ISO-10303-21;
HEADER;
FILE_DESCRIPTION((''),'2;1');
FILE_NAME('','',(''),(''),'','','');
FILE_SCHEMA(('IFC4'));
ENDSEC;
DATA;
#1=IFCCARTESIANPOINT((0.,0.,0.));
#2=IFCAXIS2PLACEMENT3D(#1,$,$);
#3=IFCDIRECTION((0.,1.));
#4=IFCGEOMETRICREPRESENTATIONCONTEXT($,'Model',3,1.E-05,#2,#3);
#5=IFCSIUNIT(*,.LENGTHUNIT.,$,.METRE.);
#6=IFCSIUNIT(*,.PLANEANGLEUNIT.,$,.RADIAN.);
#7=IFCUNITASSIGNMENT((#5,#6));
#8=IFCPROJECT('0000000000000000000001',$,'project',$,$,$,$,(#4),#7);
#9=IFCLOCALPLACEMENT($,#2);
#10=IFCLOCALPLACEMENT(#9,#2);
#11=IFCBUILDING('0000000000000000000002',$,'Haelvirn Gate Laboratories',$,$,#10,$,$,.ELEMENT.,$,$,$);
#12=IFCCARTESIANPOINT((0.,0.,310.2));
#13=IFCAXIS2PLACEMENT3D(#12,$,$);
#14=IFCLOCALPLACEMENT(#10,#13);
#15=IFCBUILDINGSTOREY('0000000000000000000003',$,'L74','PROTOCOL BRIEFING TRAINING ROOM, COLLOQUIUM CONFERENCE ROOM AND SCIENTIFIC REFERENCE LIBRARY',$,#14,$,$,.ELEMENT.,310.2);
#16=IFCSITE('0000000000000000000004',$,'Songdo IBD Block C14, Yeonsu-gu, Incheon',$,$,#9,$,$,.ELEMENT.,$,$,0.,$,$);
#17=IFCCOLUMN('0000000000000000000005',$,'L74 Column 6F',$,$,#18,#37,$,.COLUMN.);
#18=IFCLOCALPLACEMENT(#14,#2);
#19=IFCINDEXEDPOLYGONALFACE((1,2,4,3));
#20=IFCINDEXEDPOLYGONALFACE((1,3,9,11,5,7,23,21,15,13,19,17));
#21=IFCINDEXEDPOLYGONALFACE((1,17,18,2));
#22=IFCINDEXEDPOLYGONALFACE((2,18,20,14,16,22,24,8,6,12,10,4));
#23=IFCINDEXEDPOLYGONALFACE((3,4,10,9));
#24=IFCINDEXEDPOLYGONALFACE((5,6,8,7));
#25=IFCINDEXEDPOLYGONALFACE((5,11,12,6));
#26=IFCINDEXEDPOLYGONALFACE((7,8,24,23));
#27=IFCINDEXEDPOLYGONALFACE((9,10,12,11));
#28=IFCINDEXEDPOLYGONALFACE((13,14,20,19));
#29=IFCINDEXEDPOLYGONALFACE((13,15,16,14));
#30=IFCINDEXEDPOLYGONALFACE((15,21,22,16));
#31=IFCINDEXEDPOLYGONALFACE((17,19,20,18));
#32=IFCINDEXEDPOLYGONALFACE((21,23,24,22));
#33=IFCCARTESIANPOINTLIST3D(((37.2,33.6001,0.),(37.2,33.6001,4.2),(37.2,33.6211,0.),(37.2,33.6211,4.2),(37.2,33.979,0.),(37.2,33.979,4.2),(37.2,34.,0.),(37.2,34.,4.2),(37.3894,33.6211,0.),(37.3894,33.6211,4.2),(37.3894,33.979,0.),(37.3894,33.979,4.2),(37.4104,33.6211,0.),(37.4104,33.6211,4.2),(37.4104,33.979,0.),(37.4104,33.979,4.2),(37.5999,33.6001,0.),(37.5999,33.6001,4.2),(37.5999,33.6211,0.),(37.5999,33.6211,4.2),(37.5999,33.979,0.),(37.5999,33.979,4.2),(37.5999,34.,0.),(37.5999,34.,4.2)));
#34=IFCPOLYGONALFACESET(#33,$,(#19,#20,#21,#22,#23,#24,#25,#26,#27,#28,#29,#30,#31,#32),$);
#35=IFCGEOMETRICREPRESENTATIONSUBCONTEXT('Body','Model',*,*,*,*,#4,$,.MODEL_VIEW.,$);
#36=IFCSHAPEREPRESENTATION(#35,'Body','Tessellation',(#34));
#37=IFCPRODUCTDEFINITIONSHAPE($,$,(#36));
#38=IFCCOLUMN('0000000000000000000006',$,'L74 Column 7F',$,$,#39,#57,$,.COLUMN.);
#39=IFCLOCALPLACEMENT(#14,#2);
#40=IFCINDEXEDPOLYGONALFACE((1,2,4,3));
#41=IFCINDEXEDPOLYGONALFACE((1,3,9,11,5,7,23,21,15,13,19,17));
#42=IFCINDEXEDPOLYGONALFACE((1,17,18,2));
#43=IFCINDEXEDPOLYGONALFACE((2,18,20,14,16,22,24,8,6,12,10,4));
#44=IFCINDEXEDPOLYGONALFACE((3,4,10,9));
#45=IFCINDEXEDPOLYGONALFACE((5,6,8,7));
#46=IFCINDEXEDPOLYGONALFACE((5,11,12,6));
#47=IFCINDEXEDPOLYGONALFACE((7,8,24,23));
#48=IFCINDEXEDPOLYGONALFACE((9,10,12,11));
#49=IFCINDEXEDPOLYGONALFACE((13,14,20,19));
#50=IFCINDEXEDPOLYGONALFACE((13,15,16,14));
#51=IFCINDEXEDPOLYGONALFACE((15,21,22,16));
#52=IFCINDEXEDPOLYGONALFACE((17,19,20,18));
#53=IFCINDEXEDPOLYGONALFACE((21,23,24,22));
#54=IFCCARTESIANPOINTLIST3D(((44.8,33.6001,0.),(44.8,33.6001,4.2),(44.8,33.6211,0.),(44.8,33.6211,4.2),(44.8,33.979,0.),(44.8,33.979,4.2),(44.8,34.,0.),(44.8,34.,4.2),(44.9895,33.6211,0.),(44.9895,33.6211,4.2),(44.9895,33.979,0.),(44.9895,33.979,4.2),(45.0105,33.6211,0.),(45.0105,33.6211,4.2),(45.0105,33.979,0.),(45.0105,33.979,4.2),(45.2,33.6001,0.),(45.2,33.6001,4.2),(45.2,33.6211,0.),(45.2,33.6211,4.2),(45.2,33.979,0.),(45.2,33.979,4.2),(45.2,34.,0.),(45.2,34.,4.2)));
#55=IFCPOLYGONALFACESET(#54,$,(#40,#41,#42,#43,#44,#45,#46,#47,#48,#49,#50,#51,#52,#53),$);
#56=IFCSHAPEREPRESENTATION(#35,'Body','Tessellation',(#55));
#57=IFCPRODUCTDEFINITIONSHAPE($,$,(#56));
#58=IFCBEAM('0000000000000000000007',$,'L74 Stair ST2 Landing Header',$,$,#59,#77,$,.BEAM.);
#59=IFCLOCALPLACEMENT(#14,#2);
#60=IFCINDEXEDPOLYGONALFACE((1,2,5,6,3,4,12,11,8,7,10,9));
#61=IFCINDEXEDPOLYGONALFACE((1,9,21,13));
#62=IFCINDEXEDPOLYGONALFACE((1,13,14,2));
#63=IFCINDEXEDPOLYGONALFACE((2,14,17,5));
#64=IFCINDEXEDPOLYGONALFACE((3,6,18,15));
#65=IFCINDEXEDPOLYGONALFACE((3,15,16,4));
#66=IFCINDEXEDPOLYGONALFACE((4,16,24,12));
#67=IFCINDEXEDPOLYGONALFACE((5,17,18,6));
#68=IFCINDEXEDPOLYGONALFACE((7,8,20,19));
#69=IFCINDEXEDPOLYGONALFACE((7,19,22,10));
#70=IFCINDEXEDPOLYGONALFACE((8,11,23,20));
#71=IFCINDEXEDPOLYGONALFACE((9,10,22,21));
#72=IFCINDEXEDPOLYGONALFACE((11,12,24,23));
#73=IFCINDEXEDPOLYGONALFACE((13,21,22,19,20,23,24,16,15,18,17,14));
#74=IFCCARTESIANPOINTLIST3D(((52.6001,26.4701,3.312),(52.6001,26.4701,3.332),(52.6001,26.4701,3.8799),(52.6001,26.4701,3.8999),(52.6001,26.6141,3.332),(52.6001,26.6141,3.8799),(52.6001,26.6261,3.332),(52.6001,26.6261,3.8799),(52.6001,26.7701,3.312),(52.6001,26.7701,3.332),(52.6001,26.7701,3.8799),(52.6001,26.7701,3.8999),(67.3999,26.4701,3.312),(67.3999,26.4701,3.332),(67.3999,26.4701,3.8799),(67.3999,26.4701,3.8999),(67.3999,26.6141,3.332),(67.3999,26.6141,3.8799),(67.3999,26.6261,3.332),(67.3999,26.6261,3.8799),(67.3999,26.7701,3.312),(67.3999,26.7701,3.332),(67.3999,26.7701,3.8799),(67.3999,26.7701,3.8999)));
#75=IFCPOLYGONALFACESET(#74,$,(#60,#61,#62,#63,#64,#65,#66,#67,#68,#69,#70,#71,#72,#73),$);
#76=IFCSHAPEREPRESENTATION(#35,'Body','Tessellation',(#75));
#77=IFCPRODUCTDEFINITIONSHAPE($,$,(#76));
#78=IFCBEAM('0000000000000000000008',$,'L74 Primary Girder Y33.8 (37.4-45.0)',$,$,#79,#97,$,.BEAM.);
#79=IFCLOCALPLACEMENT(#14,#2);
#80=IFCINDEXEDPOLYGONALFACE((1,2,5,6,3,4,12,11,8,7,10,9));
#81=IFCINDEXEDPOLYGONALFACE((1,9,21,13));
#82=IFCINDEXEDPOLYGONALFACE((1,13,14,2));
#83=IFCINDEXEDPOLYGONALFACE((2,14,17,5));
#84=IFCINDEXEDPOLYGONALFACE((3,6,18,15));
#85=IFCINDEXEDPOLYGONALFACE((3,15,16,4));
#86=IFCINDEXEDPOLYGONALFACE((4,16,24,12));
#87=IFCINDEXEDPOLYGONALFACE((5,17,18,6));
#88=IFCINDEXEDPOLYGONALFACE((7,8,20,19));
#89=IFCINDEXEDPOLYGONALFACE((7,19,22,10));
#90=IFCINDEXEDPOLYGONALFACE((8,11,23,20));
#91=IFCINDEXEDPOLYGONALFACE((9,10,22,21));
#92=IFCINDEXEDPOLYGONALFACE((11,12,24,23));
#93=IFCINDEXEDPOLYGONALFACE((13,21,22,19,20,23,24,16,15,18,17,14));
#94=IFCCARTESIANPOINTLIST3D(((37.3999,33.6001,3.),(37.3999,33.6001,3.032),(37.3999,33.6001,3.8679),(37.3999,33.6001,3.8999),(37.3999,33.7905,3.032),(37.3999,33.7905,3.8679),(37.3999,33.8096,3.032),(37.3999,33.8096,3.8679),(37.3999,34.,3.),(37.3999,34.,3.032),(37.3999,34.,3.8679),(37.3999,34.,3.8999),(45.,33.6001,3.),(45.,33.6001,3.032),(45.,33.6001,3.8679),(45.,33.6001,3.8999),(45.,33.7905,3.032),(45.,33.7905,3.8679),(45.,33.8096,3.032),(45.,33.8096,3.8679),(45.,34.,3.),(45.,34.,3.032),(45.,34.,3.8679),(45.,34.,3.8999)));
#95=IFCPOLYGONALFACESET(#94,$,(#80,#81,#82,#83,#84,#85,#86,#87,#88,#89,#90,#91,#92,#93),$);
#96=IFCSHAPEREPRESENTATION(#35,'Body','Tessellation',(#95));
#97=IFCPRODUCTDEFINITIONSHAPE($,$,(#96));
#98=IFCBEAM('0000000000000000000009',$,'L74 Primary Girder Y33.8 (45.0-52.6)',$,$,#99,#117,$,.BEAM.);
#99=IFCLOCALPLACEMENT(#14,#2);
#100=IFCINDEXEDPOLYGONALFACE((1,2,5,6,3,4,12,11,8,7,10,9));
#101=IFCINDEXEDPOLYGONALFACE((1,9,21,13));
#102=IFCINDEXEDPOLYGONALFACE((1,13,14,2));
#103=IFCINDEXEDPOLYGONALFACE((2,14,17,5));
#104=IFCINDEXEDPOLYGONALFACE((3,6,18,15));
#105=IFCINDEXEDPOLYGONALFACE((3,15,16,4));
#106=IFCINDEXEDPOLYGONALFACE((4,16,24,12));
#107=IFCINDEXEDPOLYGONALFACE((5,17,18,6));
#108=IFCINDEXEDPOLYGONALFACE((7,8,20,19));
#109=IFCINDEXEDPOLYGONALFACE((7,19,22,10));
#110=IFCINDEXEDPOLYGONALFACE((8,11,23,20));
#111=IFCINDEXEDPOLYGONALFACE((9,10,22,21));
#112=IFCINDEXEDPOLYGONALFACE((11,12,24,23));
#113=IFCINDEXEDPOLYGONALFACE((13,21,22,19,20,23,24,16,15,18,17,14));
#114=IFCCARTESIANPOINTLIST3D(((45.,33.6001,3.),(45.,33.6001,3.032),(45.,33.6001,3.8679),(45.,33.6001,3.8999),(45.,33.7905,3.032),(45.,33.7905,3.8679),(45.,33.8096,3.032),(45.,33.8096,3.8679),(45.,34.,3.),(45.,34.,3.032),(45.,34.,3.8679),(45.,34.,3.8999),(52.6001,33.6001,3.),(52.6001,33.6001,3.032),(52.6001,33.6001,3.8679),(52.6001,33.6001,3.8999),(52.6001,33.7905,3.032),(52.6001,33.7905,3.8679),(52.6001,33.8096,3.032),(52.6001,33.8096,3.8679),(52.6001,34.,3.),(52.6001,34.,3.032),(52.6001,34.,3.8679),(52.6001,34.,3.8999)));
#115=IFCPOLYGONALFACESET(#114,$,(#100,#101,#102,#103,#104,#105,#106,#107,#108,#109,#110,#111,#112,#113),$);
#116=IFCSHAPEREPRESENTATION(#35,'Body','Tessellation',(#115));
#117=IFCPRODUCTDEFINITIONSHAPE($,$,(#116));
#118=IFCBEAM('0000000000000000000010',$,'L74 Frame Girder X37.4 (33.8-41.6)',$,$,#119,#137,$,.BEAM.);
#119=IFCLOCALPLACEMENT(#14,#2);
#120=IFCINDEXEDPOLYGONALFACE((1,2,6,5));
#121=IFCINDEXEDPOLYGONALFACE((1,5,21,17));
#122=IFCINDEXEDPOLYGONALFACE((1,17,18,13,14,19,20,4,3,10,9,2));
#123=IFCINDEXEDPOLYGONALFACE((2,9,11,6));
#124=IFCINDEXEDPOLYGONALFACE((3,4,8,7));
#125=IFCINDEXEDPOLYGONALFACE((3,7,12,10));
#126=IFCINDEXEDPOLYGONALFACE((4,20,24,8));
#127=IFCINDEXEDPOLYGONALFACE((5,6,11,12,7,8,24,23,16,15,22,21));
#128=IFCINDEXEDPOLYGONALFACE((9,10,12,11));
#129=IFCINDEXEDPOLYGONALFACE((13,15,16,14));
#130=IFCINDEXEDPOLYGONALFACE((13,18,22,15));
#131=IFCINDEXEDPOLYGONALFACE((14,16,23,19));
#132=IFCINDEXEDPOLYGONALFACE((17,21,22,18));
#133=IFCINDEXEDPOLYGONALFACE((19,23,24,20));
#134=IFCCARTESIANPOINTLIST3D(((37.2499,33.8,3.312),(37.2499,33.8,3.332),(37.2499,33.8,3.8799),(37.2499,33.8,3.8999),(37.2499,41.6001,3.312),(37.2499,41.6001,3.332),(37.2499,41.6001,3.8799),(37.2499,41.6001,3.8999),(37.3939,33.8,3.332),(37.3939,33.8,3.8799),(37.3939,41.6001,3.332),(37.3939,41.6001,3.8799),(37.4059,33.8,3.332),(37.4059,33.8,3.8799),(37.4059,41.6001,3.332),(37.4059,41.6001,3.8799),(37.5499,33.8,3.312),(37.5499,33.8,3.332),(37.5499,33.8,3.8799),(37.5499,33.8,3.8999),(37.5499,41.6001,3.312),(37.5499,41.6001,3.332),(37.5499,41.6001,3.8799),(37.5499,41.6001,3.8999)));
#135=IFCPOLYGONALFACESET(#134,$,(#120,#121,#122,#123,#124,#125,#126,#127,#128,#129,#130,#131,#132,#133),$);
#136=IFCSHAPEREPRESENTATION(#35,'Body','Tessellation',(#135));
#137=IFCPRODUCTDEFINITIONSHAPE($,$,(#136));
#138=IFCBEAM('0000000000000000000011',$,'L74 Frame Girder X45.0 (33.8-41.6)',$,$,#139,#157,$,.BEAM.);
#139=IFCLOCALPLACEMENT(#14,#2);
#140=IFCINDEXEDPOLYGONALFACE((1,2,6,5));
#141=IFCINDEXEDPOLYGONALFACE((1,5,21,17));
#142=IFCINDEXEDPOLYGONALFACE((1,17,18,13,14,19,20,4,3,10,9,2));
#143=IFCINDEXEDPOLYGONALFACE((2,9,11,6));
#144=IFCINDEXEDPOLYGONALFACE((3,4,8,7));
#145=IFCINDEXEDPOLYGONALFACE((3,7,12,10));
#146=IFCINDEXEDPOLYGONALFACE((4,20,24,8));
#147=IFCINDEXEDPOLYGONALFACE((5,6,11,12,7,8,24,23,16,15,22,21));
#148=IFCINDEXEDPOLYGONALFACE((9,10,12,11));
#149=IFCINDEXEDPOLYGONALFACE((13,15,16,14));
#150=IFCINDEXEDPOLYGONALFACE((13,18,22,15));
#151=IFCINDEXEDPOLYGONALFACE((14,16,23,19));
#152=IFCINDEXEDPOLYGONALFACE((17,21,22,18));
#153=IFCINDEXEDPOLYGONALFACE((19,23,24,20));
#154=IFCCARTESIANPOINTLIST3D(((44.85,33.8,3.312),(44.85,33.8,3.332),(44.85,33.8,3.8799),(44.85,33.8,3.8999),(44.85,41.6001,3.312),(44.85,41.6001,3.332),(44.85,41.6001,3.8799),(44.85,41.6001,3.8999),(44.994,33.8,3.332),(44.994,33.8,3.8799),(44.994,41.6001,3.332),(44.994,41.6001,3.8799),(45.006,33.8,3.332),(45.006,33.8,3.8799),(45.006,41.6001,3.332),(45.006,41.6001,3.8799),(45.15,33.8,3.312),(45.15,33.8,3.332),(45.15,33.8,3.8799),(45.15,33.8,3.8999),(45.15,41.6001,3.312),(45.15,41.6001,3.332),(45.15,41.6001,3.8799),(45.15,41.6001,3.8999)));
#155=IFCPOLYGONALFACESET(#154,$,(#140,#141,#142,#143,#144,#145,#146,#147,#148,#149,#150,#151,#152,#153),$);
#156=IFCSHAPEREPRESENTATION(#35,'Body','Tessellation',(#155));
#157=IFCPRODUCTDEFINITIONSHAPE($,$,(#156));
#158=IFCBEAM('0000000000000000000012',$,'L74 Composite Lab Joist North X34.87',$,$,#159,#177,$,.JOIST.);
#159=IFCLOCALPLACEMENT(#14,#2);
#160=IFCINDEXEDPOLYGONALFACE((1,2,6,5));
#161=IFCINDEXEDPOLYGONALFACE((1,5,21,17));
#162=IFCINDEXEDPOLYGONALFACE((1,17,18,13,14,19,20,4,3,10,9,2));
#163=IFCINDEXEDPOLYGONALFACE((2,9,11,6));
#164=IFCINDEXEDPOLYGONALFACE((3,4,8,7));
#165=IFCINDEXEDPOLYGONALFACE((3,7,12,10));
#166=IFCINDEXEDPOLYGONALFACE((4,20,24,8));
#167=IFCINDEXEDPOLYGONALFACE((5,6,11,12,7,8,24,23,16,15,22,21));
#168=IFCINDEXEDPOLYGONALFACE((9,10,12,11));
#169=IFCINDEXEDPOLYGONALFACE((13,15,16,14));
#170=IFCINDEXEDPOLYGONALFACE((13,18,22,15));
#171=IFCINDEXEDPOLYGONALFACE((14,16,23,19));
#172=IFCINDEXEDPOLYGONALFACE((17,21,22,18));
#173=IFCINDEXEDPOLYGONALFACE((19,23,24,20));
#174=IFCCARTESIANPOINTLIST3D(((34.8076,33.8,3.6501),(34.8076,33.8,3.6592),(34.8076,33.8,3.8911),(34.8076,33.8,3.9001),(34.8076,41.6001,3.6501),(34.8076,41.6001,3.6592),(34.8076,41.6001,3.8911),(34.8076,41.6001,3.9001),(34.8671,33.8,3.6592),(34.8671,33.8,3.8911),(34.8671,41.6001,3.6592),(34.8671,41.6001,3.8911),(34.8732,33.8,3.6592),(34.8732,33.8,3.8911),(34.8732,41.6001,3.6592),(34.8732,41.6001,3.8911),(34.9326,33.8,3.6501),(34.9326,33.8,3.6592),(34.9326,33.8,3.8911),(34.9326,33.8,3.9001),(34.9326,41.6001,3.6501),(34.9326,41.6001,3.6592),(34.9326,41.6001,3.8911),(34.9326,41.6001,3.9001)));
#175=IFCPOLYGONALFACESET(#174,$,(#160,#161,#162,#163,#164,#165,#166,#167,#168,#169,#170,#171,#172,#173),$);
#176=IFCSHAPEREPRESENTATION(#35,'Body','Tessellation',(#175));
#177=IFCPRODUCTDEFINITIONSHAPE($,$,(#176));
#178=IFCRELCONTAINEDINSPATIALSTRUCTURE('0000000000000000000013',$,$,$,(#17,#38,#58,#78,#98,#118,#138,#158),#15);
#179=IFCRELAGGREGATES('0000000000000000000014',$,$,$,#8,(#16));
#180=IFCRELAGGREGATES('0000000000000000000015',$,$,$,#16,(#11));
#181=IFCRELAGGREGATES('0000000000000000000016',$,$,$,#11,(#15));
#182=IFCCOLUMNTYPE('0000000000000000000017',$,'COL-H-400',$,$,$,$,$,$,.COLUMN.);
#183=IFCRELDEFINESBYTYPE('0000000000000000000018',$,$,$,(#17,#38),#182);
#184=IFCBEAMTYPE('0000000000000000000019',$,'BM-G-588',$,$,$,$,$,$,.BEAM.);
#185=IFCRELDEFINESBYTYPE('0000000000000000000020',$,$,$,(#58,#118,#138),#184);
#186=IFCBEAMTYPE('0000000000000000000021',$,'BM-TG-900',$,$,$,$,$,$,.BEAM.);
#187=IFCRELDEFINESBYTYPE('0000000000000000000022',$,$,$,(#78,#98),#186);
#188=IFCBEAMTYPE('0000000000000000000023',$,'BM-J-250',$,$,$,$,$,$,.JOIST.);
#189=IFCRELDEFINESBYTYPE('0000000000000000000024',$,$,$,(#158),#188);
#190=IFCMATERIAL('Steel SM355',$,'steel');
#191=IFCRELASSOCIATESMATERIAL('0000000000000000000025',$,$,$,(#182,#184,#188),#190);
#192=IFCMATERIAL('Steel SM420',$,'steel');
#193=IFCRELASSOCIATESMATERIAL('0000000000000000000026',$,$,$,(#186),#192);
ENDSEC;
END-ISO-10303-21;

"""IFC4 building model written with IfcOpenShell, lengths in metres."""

from ifc_helpers import new_model, si_unit, direction, frame, origin, origin_2d, place, context, subcontext, project, spatial, i_section, extrude, source, transform, mapped, material, material_profile, profile_set, type_object, type_shapes, element, save


model = new_model("IFC4")

# Units and contexts
model_context = context("Model", 3, precision=1e-05, world=origin(), true_north=direction((0.0, 1.0)))
body_context = subcontext(model_context, "Body", "Model", "MODEL_VIEW")
ifc_project = project(units=[si_unit("LENGTHUNIT", "METRE"), si_unit("PLANEANGLEUNIT", "RADIAN")], contexts=[model_context])

# Site, building, storey
site_placement = place(None, origin())
site = spatial("IfcSite", under=ifc_project, at=site_placement, Name="Songdo IBD Block C14, Yeonsu-gu, Incheon", CompositionType="ELEMENT", RefElevation=0.0)
building_placement = place(site_placement, origin())
building = spatial("IfcBuilding", under=site, at=building_placement, Name="Haelvirn Gate Laboratories", CompositionType="ELEMENT")
storey_placement = place(building_placement, frame((0.0, 0.0, 310.2)))
storey = spatial("IfcBuildingStorey", under=building, at=storey_placement, Name="L74", Description="PROTOCOL BRIEFING TRAINING ROOM, COLLOQUIUM CONFERENCE ROOM AND SCIENTIFIC REFERENCE LIBRARY", CompositionType="ELEMENT", Elevation=310.2)

# Columns
ifc_material_1 = material(Name="Steel SM355", Category="steel")
ifc_material_profile_1 = material_profile(ifc_material_1, i_section(OverallWidth=0.3999, OverallDepth=0.3999, WebThickness=0.021, FlangeThickness=0.021, at=origin_2d()), Name="H-400x400x21x21")
ifc_profile_set_1 = profile_set([ifc_material_profile_1], Name="Steel SM355")
column_type = type_object("IfcColumnType", Name="COL-H-400", PredefinedType="COLUMN", material=ifc_profile_set_1)
shared_shape_1 = source(origin(), body_context, "Body", "SweptSolid", [
    extrude(i_section(OverallWidth=0.3999, OverallDepth=0.3999, WebThickness=0.021, FlangeThickness=0.021, at=origin_2d()), origin(), (0.0, 0.0, 1.0), 4.2),
])
type_shapes(column_type, [shared_shape_1])
for number, where, z_axis, x_axis, name in (
    (1, (37.3999, 33.8, 0.0), (0.0, 0.0, 1.0), (1.0, 0.0, 0.0), "L74 Column 6F"),
    (2, (45.0, 33.8, 0.0), (0.0, 0.0, 1.0), (1.0, 0.0, 0.0), "L74 Column 7F"),
):
    element("IfcColumn", number, at=place(storey_placement, frame(where, z_axis=z_axis, x_axis=x_axis)), inside=storey, type_object=column_type, Name=name, PredefinedType="COLUMN", context=body_context, shape_type="MappedRepresentation", body=[
        mapped(shared_shape_1, transform((0.0, 0.0, 0.0), scale=1.0)),
    ])

# Beams
ifc_material_profile_2 = material_profile(ifc_material_1, i_section(OverallWidth=0.3, OverallDepth=0.5879, WebThickness=0.012, FlangeThickness=0.02, at=origin_2d()), Name="H-588x300x12x20")
ifc_profile_set_2 = profile_set([ifc_material_profile_2], Name="Steel SM355")
beam_type_1 = type_object("IfcBeamType", Name="BM-G-588", PredefinedType="BEAM", material=ifc_profile_set_2)
shared_shape_2 = source(origin(), body_context, "Body", "SweptSolid", [
    extrude(i_section(OverallWidth=0.3, OverallDepth=0.5879, WebThickness=0.012, FlangeThickness=0.02, at=origin_2d()), origin(), (0.0, 0.0, 1.0), 14.7998),
])
beam_placement = place(storey_placement, frame((52.6001, 26.6201, 3.606), z_axis=(1.0, 0.0, 0.0), x_axis=(0.0, 1.0, 0.0)))
element("IfcBeam", 3, at=beam_placement, inside=storey, type_object=beam_type_1, Name="L74 Stair ST2 Landing Header", PredefinedType="BEAM", context=body_context, shape_type="MappedRepresentation", body=[
    mapped(shared_shape_2, transform((0.0, 0.0, 0.0), scale=1.0)),
])
ifc_material_2 = material(Name="Steel SM420", Category="steel")
ifc_material_profile_3 = material_profile(ifc_material_2, i_section(OverallWidth=0.3999, OverallDepth=0.8999, WebThickness=0.019, FlangeThickness=0.032, at=origin_2d()), Name="H-900x400x19x32")
ifc_profile_set_3 = profile_set([ifc_material_profile_3], Name="Steel SM420")
beam_type_2 = type_object("IfcBeamType", Name="BM-TG-900", PredefinedType="BEAM", material=ifc_profile_set_3)
shared_shape_3 = source(origin(), body_context, "Body", "SweptSolid", [
    extrude(i_section(OverallWidth=0.3999, OverallDepth=0.8999, WebThickness=0.019, FlangeThickness=0.032, at=origin_2d()), origin(), (0.0, 0.0, 1.0), 7.6001),
])
type_shapes(beam_type_2, [shared_shape_3])
for number, where, z_axis, x_axis, name in (
    (4, (37.3999, 33.8, 3.45), (1.0, 0.0, 0.0), (0.0, 1.0, 0.0), "L74 Primary Girder Y33.8 (37.4-45.0)"),
    (5, (45.0, 33.8, 3.45), (1.0, 0.0, 0.0), (0.0, 1.0, 0.0), "L74 Primary Girder Y33.8 (45.0-52.6)"),
):
    element("IfcBeam", number, at=place(storey_placement, frame(where, z_axis=z_axis, x_axis=x_axis)), inside=storey, type_object=beam_type_2, Name=name, PredefinedType="BEAM", context=body_context, shape_type="MappedRepresentation", body=[
        mapped(shared_shape_3, transform((0.0, 0.0, 0.0), scale=1.0)),
    ])
shared_shape_4 = source(origin(), body_context, "Body", "SweptSolid", [
    extrude(i_section(OverallWidth=0.3, OverallDepth=0.5879, WebThickness=0.012, FlangeThickness=0.02, at=origin_2d()), origin(), (0.0, 0.0, 1.0), 7.8),
])
type_shapes(beam_type_1, [shared_shape_2, shared_shape_4])
for number, where, z_axis, x_axis, name in (
    (6, (37.3999, 33.8, 3.606), (0.0, 1.0, 0.0), (-1.0, 0.0, 0.0), "L74 Frame Girder X37.4 (33.8-41.6)"),
    (7, (45.0, 33.8, 3.606), (0.0, 1.0, 0.0), (-1.0, 0.0, 0.0), "L74 Frame Girder X45.0 (33.8-41.6)"),
):
    element("IfcBeam", number, at=place(storey_placement, frame(where, z_axis=z_axis, x_axis=x_axis)), inside=storey, type_object=beam_type_1, Name=name, PredefinedType="BEAM", context=body_context, shape_type="MappedRepresentation", body=[
        mapped(shared_shape_4, transform((0.0, 0.0, 0.0), scale=1.0)),
    ])
ifc_material_profile_4 = material_profile(ifc_material_1, i_section(OverallWidth=0.125, OverallDepth=0.25, WebThickness=0.0061, FlangeThickness=0.009, at=origin_2d()), Name="H-250x125x6x9")
ifc_profile_set_4 = profile_set([ifc_material_profile_4], Name="Steel SM355")
beam_type_3 = type_object("IfcBeamType", Name="BM-J-250", PredefinedType="JOIST", material=ifc_profile_set_4)
shared_shape_5 = source(origin(), body_context, "Body", "SweptSolid", [
    extrude(i_section(OverallWidth=0.125, OverallDepth=0.25, WebThickness=0.0061, FlangeThickness=0.009, at=origin_2d()), origin(), (0.0, 0.0, 1.0), 7.8),
])
type_shapes(beam_type_3, [shared_shape_5])
for number, where, z_axis, x_axis, name in (
    (8, (34.8701, 33.8, 3.7751), (0.0, 1.0, 0.0), (-1.0, 0.0, 0.0), "L74 Composite Lab Joist North X34.87"),
):
    element("IfcBeam", number, at=place(storey_placement, frame(where, z_axis=z_axis, x_axis=x_axis)), inside=storey, type_object=beam_type_3, Name=name, PredefinedType="JOIST", context=body_context, shape_type="MappedRepresentation", body=[
        mapped(shared_shape_5, transform((0.0, 0.0, 0.0), scale=1.0)),
    ])

save(model, "model.ifc")
